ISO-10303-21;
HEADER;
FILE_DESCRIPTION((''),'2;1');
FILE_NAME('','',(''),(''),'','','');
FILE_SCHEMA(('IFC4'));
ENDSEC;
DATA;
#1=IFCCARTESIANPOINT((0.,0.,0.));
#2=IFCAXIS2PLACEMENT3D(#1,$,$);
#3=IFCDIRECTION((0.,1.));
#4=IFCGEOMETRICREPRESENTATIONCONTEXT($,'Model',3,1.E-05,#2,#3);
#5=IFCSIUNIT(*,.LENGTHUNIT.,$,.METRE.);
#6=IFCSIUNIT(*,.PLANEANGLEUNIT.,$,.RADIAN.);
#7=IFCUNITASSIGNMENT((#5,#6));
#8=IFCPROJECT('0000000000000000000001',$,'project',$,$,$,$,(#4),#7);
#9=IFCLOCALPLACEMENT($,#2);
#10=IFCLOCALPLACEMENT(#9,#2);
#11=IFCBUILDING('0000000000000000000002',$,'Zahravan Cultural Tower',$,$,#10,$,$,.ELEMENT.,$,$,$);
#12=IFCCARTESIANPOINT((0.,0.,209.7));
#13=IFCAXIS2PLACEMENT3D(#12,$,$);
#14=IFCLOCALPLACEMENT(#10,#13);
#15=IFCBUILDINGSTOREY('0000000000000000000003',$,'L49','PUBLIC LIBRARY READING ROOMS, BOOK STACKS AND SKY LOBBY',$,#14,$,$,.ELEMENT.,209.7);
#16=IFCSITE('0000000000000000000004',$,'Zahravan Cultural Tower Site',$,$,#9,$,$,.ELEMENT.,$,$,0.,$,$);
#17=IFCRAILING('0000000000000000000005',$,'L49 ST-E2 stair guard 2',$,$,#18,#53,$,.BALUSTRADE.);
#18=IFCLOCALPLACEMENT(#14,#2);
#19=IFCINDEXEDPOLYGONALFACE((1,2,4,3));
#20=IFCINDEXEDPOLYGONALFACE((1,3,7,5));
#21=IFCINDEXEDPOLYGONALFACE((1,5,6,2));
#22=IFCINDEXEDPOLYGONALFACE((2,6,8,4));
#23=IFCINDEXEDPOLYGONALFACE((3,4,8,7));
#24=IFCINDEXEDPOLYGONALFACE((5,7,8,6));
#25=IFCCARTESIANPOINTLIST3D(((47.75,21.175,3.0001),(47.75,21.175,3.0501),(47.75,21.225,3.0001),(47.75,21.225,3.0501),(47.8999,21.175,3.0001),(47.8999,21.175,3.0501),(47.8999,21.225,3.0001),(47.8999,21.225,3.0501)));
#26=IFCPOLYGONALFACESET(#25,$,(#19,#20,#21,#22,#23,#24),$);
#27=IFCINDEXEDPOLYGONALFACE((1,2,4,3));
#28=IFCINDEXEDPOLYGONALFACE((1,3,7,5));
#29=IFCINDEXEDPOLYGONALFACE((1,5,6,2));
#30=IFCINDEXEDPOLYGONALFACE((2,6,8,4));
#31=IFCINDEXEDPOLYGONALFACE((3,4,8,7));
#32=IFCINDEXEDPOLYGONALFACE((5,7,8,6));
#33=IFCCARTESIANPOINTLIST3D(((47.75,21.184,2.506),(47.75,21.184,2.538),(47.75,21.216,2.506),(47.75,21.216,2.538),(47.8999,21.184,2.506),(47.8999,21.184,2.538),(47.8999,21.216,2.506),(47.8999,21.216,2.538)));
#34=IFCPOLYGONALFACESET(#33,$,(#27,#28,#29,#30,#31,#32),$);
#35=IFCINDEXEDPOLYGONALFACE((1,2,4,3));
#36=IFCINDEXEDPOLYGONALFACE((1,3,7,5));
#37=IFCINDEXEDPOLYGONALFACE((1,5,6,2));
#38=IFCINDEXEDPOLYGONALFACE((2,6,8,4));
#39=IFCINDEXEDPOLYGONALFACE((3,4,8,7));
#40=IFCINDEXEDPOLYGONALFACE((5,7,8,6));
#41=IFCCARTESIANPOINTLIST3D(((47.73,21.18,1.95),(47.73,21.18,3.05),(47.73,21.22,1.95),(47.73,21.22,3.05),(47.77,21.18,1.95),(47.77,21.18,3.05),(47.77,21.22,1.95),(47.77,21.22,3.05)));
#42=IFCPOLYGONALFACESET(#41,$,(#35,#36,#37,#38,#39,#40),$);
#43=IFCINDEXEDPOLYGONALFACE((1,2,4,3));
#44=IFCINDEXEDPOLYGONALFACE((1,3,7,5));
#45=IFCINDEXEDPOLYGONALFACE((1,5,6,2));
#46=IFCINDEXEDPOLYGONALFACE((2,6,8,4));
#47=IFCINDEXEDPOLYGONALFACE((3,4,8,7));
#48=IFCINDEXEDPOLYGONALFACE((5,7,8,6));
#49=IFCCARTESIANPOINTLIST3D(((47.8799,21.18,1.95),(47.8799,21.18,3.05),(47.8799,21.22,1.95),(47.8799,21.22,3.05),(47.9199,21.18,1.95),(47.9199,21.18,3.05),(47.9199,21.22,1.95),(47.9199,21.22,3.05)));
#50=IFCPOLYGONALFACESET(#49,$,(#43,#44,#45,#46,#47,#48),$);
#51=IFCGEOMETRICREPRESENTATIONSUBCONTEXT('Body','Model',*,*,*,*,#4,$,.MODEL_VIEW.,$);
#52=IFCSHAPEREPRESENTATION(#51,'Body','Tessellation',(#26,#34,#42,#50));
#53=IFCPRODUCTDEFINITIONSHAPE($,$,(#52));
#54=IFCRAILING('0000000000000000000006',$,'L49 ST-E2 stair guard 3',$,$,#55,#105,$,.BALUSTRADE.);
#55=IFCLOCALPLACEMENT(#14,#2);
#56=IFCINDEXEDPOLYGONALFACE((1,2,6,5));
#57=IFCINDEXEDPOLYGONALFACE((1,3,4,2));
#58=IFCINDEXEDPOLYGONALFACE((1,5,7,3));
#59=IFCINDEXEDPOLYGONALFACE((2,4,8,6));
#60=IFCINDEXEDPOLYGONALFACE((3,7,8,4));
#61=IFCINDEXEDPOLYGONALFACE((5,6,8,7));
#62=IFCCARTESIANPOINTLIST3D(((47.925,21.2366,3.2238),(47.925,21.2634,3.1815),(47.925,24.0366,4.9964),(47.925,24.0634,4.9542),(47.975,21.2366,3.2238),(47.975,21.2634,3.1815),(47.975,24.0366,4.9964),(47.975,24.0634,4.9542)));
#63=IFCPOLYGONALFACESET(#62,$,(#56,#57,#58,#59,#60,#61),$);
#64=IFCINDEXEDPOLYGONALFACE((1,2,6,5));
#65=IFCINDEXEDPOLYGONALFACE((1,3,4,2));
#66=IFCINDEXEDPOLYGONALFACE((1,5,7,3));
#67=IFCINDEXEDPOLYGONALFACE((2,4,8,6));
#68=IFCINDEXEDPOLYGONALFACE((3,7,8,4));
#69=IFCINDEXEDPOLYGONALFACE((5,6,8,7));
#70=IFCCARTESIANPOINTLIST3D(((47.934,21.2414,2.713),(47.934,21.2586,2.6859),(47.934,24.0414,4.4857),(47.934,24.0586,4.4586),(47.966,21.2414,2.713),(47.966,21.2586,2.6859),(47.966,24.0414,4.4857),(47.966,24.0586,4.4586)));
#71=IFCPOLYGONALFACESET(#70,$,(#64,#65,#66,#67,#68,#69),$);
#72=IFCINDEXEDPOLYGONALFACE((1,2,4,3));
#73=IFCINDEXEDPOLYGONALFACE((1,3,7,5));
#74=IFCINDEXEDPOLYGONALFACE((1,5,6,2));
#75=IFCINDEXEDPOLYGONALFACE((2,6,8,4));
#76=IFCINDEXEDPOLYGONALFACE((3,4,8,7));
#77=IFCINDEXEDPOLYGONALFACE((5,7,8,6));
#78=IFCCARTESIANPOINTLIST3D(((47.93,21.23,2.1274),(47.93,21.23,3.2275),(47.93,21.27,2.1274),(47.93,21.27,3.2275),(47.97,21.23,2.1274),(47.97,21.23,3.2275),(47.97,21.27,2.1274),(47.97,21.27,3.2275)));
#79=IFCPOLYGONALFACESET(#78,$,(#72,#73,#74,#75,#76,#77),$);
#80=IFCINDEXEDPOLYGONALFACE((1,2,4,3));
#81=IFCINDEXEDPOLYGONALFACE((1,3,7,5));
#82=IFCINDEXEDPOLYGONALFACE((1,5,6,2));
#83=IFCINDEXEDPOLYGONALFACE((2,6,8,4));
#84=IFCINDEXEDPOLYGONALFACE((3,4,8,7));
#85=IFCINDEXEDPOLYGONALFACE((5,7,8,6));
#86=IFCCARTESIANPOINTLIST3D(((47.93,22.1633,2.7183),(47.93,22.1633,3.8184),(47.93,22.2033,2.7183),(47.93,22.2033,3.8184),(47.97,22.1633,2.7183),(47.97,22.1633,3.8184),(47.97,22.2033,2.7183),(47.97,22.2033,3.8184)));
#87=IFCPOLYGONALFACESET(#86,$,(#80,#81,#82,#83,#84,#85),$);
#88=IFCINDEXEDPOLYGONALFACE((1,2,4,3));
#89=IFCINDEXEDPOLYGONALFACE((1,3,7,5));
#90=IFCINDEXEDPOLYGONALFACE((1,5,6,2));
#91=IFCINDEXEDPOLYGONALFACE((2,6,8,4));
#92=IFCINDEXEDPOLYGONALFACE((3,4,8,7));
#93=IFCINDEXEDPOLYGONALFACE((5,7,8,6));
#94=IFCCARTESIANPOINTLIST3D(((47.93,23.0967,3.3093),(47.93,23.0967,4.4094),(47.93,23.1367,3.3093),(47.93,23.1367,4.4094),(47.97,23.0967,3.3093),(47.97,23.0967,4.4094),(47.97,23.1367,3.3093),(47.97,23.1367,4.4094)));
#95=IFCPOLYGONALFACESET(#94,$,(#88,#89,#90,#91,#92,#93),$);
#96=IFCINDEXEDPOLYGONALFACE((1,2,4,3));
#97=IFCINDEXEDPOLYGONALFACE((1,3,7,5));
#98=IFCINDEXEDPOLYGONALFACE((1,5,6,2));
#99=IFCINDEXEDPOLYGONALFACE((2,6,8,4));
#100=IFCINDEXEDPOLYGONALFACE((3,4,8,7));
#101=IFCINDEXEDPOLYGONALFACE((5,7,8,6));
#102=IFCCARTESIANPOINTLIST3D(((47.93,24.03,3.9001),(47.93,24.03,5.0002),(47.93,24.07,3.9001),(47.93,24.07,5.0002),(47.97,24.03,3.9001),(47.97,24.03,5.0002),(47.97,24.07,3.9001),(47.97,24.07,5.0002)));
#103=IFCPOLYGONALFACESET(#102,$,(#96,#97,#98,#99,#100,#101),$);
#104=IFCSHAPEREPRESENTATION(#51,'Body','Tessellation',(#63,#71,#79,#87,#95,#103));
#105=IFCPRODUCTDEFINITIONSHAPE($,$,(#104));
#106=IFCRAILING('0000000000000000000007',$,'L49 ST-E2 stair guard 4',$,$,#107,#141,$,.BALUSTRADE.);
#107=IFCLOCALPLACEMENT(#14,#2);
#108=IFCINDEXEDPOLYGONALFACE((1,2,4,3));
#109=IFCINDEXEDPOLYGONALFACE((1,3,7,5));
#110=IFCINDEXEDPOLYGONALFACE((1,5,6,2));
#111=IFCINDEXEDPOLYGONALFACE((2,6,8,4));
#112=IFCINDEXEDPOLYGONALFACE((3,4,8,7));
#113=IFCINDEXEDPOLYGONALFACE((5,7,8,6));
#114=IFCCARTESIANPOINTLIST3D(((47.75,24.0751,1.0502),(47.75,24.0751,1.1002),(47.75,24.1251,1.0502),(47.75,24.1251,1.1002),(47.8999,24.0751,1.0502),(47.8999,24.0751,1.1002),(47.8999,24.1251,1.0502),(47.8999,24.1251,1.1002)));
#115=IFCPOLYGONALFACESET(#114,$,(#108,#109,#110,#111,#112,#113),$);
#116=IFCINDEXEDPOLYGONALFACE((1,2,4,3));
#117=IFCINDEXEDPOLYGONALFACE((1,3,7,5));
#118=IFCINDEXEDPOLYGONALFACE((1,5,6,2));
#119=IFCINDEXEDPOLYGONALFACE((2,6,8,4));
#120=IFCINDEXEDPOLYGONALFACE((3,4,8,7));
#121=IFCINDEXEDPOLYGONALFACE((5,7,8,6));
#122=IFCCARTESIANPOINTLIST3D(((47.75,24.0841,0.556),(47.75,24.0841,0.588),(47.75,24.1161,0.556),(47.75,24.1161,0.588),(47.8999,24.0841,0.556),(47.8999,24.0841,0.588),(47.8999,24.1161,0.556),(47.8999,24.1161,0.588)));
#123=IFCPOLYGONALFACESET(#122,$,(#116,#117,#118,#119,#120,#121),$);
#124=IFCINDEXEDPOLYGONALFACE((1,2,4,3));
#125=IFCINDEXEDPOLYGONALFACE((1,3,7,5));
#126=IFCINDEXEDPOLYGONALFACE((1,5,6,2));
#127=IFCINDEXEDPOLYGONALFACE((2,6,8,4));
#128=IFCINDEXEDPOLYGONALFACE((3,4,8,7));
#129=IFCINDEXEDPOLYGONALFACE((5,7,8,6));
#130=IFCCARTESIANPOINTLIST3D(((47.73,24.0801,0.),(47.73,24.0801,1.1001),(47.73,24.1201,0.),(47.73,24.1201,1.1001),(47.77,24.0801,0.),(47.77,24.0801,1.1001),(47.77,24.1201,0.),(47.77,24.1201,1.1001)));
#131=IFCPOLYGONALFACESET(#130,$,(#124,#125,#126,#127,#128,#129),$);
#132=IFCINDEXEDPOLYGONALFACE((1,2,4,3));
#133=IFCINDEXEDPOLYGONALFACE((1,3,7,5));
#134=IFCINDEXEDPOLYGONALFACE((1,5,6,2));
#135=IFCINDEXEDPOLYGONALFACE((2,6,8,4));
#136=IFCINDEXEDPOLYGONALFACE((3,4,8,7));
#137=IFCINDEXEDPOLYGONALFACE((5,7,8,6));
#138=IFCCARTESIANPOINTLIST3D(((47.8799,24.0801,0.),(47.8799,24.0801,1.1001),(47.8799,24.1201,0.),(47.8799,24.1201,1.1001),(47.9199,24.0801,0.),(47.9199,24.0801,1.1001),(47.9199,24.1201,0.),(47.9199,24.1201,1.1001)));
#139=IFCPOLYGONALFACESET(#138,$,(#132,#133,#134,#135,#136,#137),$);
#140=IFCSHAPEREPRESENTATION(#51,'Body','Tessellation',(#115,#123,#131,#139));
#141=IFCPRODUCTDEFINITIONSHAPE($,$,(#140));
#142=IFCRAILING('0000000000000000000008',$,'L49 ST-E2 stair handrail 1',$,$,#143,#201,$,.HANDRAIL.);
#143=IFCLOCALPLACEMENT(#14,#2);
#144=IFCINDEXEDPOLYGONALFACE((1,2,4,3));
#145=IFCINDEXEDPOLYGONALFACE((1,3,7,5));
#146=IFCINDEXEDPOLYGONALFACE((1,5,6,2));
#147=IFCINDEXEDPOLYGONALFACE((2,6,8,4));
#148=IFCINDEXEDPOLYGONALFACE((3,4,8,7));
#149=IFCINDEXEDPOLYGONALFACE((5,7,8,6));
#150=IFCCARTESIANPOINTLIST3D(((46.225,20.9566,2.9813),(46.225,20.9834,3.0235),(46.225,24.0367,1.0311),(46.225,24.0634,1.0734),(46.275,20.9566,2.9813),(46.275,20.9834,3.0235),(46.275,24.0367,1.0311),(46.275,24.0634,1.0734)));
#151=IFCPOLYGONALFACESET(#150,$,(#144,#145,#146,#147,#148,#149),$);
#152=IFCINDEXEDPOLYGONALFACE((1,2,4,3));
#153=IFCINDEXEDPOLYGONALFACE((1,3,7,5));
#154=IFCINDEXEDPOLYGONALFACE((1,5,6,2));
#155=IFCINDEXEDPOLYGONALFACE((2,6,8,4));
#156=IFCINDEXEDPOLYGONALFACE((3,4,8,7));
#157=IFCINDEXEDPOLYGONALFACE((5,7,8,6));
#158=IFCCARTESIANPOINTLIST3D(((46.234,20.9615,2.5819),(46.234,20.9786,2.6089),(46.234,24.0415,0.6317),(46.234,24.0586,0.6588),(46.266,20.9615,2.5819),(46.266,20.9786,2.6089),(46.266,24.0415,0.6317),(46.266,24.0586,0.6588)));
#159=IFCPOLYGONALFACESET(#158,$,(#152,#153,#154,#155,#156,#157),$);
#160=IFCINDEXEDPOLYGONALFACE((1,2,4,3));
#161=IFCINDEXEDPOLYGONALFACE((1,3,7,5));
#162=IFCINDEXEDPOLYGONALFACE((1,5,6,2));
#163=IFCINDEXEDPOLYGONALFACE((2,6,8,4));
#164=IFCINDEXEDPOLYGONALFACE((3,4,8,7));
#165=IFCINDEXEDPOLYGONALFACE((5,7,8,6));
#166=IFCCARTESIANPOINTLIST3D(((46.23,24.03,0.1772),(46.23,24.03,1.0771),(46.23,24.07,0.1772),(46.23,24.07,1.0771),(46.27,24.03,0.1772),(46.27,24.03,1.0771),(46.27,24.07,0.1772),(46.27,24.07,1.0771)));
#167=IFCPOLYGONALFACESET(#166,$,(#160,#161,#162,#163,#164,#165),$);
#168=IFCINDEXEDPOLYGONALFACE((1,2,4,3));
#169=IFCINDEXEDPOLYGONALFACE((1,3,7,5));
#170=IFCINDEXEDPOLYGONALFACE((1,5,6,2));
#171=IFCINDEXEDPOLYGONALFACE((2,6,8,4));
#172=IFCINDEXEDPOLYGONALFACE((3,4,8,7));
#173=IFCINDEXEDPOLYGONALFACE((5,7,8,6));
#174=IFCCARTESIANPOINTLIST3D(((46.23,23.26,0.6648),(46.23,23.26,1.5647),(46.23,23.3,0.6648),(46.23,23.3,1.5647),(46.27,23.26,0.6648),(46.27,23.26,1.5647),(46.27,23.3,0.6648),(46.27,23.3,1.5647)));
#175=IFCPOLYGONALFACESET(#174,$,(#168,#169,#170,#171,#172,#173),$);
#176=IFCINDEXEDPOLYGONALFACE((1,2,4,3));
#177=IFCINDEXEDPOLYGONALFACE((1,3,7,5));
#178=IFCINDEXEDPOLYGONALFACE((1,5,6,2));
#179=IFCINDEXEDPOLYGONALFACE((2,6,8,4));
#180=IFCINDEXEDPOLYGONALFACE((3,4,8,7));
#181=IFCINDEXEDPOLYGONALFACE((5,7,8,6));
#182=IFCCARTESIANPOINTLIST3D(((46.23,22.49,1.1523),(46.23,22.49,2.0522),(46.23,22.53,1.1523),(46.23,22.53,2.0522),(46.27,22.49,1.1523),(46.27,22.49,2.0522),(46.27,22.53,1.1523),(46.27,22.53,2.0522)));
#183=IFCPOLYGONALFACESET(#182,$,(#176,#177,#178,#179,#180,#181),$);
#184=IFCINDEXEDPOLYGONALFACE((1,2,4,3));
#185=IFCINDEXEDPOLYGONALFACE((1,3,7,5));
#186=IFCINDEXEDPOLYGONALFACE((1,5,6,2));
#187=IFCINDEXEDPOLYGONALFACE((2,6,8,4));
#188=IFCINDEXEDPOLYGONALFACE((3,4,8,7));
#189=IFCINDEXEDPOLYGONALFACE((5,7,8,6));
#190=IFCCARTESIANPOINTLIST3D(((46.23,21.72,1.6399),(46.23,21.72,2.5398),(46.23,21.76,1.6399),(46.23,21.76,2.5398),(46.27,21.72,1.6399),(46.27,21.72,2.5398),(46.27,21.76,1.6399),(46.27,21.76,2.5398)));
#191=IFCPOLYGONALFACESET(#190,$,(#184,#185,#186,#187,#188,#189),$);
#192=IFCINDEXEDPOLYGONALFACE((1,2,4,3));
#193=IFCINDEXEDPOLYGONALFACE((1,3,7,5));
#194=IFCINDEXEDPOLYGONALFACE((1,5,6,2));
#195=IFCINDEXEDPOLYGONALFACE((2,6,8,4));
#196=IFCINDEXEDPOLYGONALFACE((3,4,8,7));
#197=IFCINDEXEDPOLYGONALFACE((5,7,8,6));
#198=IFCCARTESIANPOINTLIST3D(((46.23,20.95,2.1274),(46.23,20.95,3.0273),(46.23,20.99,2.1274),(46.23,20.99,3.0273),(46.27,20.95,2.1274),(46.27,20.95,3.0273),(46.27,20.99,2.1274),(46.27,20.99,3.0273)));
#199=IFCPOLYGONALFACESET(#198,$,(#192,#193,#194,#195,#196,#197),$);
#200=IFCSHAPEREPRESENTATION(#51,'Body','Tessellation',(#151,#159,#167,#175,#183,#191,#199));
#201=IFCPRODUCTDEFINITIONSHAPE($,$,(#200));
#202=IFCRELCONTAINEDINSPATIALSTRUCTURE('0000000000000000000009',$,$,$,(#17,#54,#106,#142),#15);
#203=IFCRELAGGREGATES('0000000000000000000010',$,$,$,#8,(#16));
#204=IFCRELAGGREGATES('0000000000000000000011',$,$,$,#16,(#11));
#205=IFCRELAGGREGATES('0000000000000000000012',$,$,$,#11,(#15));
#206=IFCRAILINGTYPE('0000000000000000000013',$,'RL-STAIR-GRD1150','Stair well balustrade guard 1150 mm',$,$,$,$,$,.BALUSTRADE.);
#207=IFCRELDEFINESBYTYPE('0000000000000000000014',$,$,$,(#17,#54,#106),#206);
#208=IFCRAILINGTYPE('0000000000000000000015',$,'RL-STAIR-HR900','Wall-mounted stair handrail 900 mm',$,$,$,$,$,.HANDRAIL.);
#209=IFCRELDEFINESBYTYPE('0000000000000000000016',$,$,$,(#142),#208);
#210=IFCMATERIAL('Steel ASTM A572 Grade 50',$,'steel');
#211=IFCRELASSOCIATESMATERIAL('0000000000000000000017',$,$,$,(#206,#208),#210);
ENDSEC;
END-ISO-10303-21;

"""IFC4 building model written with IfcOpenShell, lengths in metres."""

from ifc_helpers import new_model, si_unit, direction, frame, origin, origin_2d, place, context, subcontext, project, spatial, rectangle, extrude, material, type_object, element, save


model = new_model("IFC4")

# Units and contexts
model_context = context("Model", 3, precision=1e-05, world=origin(), true_north=direction((0.0, 1.0)))
body_context = subcontext(model_context, "Body", "Model", "MODEL_VIEW")
ifc_project = project(units=[si_unit("LENGTHUNIT", "METRE"), si_unit("PLANEANGLEUNIT", "RADIAN")], contexts=[model_context])

# Site, building, storey
site_placement = place(None, origin())
site = spatial("IfcSite", under=ifc_project, at=site_placement, Name="Zahravan Cultural Tower Site", CompositionType="ELEMENT", RefElevation=0.0)
building_placement = place(site_placement, origin())
building = spatial("IfcBuilding", under=site, at=building_placement, Name="Zahravan Cultural Tower", CompositionType="ELEMENT")
storey_placement = place(building_placement, frame((0.0, 0.0, 209.7)))
storey = spatial("IfcBuildingStorey", under=building, at=storey_placement, Name="L49", Description="PUBLIC LIBRARY READING ROOMS, BOOK STACKS AND SKY LOBBY", CompositionType="ELEMENT", Elevation=209.7)

# Railings
ifc_material_1 = material(Name="Steel ASTM A572 Grade 50", Category="steel")
railing_type_1 = type_object("IfcRailingType", Name="RL-STAIR-GRD1150", Description="Stair well balustrade guard 1150 mm", PredefinedType="BALUSTRADE", material=ifc_material_1)
railing_1_placement = place(storey_placement, frame((47.75, 21.2, 1.95)))
element("IfcRailing", 1, at=railing_1_placement, inside=storey, type_object=railing_type_1, Name="L49 ST-E2 stair guard 2", PredefinedType="BALUSTRADE", context=body_context, shape_type="SweptSolid", body=[
    extrude(rectangle(XDim=0.05, YDim=0.05, at=origin_2d()), frame((0.0, 0.0, 1.0752), z_axis=(1.0, 0.0, 0.0), x_axis=(0.0, 1.0, 0.0)), (0.0, 0.0, 1.0), 0.1499),
    extrude(rectangle(XDim=0.032, YDim=0.032, at=origin_2d()), frame((0.0, 0.0, 0.572), z_axis=(1.0, 0.0, 0.0), x_axis=(0.0, 1.0, 0.0)), (0.0, 0.0, 1.0), 0.1499),
    extrude(rectangle(XDim=0.04, YDim=0.04, at=origin_2d()), origin(), (0.0, 0.0, 1.0), 1.1001),
    extrude(rectangle(XDim=0.04, YDim=0.04, at=origin_2d()), frame((0.1499, 0.0, 0.0)), (0.0, 0.0, 1.0), 1.1001),
])
railing_2_placement = place(storey_placement, frame((47.95, 21.25, 2.1274)))
element("IfcRailing", 2, at=railing_2_placement, inside=storey, type_object=railing_type_1, Name="L49 ST-E2 stair guard 3", PredefinedType="BALUSTRADE", context=body_context, shape_type="SweptSolid", body=[
    extrude(rectangle(XDim=0.05, YDim=0.05, at=origin_2d()), frame((0.0, 0.0, 1.0752), z_axis=(0.0, 0.844909, 0.53491), x_axis=(-1.0, 0.0, 0.0)), (0.0, 0.0, 1.0), 3.314),
    extrude(rectangle(XDim=0.032, YDim=0.032, at=origin_2d()), frame((0.0, 0.0, 0.572), z_axis=(0.0, 0.844909, 0.53491), x_axis=(-1.0, 0.0, 0.0)), (0.0, 0.0, 1.0), 3.314),
    extrude(rectangle(XDim=0.04, YDim=0.04, at=origin_2d()), origin(), (0.0, 0.0, 1.0), 1.1001),
    extrude(rectangle(XDim=0.04, YDim=0.04, at=origin_2d()), frame((0.0, 0.9333, 0.5908)), (0.0, 0.0, 1.0), 1.1001),
    extrude(rectangle(XDim=0.04, YDim=0.04, at=origin_2d()), frame((0.0, 1.8667, 1.1819)), (0.0, 0.0, 1.0), 1.1001),
    extrude(rectangle(XDim=0.04, YDim=0.04, at=origin_2d()), frame((0.0, 2.8, 1.7727)), (0.0, 0.0, 1.0), 1.1001),
])
railing_3_placement = place(storey_placement, frame((47.75, 24.1001, 0.0)))
element("IfcRailing", 3, at=railing_3_placement, inside=storey, type_object=railing_type_1, Name="L49 ST-E2 stair guard 4", PredefinedType="BALUSTRADE", context=body_context, shape_type="SweptSolid", body=[
    extrude(rectangle(XDim=0.05, YDim=0.05, at=origin_2d()), frame((0.0, 0.0, 1.0752), z_axis=(1.0, 0.0, 0.0), x_axis=(0.0, 1.0, 0.0)), (0.0, 0.0, 1.0), 0.1499),
    extrude(rectangle(XDim=0.032, YDim=0.032, at=origin_2d()), frame((0.0, 0.0, 0.572), z_axis=(1.0, 0.0, 0.0), x_axis=(0.0, 1.0, 0.0)), (0.0, 0.0, 1.0), 0.1499),
    extrude(rectangle(XDim=0.04, YDim=0.04, at=origin_2d()), origin(), (0.0, 0.0, 1.0), 1.1001),
    extrude(rectangle(XDim=0.04, YDim=0.04, at=origin_2d()), frame((0.1499, 0.0, 0.0)), (0.0, 0.0, 1.0), 1.1001),
])
railing_type_2 = type_object("IfcRailingType", Name="RL-STAIR-HR900", Description="Wall-mounted stair handrail 900 mm", PredefinedType="HANDRAIL", material=ifc_material_1)
railing_4_placement = place(storey_placement, frame((46.25, 24.05, 0.1772)))
element("IfcRailing", 4, at=railing_4_placement, inside=storey, type_object=railing_type_2, Name="L49 ST-E2 stair handrail 1", PredefinedType="HANDRAIL", context=body_context, shape_type="SweptSolid", body=[
    extrude(rectangle(XDim=0.05, YDim=0.05, at=origin_2d()), frame((0.0, 0.0, 0.875), z_axis=(0.0, -0.844884, 0.53495), x_axis=(1.0, 0.0, 0.0)), (0.0, 0.0, 1.0), 3.6455),
    extrude(rectangle(XDim=0.032, YDim=0.032, at=origin_2d()), frame((0.0, 0.0, 0.468), z_axis=(0.0, -0.844884, 0.53495), x_axis=(1.0, 0.0, 0.0)), (0.0, 0.0, 1.0), 3.6455),
    extrude(rectangle(XDim=0.04, YDim=0.04, at=origin_2d()), origin(), (0.0, 0.0, 1.0), 0.8999),
    extrude(rectangle(XDim=0.04, YDim=0.04, at=origin_2d()), frame((0.0, -0.77, 0.4875)), (0.0, 0.0, 1.0), 0.8999),
    extrude(rectangle(XDim=0.04, YDim=0.04, at=origin_2d()), frame((0.0, -1.54, 0.9751)), (0.0, 0.0, 1.0), 0.8999),
    extrude(rectangle(XDim=0.04, YDim=0.04, at=origin_2d()), frame((0.0, -2.3101, 1.4626)), (0.0, 0.0, 1.0), 0.8999),
    extrude(rectangle(XDim=0.04, YDim=0.04, at=origin_2d()), frame((0.0, -3.0801, 1.9502)), (0.0, 0.0, 1.0), 0.8999),
])

save(model, "model.ifc")
